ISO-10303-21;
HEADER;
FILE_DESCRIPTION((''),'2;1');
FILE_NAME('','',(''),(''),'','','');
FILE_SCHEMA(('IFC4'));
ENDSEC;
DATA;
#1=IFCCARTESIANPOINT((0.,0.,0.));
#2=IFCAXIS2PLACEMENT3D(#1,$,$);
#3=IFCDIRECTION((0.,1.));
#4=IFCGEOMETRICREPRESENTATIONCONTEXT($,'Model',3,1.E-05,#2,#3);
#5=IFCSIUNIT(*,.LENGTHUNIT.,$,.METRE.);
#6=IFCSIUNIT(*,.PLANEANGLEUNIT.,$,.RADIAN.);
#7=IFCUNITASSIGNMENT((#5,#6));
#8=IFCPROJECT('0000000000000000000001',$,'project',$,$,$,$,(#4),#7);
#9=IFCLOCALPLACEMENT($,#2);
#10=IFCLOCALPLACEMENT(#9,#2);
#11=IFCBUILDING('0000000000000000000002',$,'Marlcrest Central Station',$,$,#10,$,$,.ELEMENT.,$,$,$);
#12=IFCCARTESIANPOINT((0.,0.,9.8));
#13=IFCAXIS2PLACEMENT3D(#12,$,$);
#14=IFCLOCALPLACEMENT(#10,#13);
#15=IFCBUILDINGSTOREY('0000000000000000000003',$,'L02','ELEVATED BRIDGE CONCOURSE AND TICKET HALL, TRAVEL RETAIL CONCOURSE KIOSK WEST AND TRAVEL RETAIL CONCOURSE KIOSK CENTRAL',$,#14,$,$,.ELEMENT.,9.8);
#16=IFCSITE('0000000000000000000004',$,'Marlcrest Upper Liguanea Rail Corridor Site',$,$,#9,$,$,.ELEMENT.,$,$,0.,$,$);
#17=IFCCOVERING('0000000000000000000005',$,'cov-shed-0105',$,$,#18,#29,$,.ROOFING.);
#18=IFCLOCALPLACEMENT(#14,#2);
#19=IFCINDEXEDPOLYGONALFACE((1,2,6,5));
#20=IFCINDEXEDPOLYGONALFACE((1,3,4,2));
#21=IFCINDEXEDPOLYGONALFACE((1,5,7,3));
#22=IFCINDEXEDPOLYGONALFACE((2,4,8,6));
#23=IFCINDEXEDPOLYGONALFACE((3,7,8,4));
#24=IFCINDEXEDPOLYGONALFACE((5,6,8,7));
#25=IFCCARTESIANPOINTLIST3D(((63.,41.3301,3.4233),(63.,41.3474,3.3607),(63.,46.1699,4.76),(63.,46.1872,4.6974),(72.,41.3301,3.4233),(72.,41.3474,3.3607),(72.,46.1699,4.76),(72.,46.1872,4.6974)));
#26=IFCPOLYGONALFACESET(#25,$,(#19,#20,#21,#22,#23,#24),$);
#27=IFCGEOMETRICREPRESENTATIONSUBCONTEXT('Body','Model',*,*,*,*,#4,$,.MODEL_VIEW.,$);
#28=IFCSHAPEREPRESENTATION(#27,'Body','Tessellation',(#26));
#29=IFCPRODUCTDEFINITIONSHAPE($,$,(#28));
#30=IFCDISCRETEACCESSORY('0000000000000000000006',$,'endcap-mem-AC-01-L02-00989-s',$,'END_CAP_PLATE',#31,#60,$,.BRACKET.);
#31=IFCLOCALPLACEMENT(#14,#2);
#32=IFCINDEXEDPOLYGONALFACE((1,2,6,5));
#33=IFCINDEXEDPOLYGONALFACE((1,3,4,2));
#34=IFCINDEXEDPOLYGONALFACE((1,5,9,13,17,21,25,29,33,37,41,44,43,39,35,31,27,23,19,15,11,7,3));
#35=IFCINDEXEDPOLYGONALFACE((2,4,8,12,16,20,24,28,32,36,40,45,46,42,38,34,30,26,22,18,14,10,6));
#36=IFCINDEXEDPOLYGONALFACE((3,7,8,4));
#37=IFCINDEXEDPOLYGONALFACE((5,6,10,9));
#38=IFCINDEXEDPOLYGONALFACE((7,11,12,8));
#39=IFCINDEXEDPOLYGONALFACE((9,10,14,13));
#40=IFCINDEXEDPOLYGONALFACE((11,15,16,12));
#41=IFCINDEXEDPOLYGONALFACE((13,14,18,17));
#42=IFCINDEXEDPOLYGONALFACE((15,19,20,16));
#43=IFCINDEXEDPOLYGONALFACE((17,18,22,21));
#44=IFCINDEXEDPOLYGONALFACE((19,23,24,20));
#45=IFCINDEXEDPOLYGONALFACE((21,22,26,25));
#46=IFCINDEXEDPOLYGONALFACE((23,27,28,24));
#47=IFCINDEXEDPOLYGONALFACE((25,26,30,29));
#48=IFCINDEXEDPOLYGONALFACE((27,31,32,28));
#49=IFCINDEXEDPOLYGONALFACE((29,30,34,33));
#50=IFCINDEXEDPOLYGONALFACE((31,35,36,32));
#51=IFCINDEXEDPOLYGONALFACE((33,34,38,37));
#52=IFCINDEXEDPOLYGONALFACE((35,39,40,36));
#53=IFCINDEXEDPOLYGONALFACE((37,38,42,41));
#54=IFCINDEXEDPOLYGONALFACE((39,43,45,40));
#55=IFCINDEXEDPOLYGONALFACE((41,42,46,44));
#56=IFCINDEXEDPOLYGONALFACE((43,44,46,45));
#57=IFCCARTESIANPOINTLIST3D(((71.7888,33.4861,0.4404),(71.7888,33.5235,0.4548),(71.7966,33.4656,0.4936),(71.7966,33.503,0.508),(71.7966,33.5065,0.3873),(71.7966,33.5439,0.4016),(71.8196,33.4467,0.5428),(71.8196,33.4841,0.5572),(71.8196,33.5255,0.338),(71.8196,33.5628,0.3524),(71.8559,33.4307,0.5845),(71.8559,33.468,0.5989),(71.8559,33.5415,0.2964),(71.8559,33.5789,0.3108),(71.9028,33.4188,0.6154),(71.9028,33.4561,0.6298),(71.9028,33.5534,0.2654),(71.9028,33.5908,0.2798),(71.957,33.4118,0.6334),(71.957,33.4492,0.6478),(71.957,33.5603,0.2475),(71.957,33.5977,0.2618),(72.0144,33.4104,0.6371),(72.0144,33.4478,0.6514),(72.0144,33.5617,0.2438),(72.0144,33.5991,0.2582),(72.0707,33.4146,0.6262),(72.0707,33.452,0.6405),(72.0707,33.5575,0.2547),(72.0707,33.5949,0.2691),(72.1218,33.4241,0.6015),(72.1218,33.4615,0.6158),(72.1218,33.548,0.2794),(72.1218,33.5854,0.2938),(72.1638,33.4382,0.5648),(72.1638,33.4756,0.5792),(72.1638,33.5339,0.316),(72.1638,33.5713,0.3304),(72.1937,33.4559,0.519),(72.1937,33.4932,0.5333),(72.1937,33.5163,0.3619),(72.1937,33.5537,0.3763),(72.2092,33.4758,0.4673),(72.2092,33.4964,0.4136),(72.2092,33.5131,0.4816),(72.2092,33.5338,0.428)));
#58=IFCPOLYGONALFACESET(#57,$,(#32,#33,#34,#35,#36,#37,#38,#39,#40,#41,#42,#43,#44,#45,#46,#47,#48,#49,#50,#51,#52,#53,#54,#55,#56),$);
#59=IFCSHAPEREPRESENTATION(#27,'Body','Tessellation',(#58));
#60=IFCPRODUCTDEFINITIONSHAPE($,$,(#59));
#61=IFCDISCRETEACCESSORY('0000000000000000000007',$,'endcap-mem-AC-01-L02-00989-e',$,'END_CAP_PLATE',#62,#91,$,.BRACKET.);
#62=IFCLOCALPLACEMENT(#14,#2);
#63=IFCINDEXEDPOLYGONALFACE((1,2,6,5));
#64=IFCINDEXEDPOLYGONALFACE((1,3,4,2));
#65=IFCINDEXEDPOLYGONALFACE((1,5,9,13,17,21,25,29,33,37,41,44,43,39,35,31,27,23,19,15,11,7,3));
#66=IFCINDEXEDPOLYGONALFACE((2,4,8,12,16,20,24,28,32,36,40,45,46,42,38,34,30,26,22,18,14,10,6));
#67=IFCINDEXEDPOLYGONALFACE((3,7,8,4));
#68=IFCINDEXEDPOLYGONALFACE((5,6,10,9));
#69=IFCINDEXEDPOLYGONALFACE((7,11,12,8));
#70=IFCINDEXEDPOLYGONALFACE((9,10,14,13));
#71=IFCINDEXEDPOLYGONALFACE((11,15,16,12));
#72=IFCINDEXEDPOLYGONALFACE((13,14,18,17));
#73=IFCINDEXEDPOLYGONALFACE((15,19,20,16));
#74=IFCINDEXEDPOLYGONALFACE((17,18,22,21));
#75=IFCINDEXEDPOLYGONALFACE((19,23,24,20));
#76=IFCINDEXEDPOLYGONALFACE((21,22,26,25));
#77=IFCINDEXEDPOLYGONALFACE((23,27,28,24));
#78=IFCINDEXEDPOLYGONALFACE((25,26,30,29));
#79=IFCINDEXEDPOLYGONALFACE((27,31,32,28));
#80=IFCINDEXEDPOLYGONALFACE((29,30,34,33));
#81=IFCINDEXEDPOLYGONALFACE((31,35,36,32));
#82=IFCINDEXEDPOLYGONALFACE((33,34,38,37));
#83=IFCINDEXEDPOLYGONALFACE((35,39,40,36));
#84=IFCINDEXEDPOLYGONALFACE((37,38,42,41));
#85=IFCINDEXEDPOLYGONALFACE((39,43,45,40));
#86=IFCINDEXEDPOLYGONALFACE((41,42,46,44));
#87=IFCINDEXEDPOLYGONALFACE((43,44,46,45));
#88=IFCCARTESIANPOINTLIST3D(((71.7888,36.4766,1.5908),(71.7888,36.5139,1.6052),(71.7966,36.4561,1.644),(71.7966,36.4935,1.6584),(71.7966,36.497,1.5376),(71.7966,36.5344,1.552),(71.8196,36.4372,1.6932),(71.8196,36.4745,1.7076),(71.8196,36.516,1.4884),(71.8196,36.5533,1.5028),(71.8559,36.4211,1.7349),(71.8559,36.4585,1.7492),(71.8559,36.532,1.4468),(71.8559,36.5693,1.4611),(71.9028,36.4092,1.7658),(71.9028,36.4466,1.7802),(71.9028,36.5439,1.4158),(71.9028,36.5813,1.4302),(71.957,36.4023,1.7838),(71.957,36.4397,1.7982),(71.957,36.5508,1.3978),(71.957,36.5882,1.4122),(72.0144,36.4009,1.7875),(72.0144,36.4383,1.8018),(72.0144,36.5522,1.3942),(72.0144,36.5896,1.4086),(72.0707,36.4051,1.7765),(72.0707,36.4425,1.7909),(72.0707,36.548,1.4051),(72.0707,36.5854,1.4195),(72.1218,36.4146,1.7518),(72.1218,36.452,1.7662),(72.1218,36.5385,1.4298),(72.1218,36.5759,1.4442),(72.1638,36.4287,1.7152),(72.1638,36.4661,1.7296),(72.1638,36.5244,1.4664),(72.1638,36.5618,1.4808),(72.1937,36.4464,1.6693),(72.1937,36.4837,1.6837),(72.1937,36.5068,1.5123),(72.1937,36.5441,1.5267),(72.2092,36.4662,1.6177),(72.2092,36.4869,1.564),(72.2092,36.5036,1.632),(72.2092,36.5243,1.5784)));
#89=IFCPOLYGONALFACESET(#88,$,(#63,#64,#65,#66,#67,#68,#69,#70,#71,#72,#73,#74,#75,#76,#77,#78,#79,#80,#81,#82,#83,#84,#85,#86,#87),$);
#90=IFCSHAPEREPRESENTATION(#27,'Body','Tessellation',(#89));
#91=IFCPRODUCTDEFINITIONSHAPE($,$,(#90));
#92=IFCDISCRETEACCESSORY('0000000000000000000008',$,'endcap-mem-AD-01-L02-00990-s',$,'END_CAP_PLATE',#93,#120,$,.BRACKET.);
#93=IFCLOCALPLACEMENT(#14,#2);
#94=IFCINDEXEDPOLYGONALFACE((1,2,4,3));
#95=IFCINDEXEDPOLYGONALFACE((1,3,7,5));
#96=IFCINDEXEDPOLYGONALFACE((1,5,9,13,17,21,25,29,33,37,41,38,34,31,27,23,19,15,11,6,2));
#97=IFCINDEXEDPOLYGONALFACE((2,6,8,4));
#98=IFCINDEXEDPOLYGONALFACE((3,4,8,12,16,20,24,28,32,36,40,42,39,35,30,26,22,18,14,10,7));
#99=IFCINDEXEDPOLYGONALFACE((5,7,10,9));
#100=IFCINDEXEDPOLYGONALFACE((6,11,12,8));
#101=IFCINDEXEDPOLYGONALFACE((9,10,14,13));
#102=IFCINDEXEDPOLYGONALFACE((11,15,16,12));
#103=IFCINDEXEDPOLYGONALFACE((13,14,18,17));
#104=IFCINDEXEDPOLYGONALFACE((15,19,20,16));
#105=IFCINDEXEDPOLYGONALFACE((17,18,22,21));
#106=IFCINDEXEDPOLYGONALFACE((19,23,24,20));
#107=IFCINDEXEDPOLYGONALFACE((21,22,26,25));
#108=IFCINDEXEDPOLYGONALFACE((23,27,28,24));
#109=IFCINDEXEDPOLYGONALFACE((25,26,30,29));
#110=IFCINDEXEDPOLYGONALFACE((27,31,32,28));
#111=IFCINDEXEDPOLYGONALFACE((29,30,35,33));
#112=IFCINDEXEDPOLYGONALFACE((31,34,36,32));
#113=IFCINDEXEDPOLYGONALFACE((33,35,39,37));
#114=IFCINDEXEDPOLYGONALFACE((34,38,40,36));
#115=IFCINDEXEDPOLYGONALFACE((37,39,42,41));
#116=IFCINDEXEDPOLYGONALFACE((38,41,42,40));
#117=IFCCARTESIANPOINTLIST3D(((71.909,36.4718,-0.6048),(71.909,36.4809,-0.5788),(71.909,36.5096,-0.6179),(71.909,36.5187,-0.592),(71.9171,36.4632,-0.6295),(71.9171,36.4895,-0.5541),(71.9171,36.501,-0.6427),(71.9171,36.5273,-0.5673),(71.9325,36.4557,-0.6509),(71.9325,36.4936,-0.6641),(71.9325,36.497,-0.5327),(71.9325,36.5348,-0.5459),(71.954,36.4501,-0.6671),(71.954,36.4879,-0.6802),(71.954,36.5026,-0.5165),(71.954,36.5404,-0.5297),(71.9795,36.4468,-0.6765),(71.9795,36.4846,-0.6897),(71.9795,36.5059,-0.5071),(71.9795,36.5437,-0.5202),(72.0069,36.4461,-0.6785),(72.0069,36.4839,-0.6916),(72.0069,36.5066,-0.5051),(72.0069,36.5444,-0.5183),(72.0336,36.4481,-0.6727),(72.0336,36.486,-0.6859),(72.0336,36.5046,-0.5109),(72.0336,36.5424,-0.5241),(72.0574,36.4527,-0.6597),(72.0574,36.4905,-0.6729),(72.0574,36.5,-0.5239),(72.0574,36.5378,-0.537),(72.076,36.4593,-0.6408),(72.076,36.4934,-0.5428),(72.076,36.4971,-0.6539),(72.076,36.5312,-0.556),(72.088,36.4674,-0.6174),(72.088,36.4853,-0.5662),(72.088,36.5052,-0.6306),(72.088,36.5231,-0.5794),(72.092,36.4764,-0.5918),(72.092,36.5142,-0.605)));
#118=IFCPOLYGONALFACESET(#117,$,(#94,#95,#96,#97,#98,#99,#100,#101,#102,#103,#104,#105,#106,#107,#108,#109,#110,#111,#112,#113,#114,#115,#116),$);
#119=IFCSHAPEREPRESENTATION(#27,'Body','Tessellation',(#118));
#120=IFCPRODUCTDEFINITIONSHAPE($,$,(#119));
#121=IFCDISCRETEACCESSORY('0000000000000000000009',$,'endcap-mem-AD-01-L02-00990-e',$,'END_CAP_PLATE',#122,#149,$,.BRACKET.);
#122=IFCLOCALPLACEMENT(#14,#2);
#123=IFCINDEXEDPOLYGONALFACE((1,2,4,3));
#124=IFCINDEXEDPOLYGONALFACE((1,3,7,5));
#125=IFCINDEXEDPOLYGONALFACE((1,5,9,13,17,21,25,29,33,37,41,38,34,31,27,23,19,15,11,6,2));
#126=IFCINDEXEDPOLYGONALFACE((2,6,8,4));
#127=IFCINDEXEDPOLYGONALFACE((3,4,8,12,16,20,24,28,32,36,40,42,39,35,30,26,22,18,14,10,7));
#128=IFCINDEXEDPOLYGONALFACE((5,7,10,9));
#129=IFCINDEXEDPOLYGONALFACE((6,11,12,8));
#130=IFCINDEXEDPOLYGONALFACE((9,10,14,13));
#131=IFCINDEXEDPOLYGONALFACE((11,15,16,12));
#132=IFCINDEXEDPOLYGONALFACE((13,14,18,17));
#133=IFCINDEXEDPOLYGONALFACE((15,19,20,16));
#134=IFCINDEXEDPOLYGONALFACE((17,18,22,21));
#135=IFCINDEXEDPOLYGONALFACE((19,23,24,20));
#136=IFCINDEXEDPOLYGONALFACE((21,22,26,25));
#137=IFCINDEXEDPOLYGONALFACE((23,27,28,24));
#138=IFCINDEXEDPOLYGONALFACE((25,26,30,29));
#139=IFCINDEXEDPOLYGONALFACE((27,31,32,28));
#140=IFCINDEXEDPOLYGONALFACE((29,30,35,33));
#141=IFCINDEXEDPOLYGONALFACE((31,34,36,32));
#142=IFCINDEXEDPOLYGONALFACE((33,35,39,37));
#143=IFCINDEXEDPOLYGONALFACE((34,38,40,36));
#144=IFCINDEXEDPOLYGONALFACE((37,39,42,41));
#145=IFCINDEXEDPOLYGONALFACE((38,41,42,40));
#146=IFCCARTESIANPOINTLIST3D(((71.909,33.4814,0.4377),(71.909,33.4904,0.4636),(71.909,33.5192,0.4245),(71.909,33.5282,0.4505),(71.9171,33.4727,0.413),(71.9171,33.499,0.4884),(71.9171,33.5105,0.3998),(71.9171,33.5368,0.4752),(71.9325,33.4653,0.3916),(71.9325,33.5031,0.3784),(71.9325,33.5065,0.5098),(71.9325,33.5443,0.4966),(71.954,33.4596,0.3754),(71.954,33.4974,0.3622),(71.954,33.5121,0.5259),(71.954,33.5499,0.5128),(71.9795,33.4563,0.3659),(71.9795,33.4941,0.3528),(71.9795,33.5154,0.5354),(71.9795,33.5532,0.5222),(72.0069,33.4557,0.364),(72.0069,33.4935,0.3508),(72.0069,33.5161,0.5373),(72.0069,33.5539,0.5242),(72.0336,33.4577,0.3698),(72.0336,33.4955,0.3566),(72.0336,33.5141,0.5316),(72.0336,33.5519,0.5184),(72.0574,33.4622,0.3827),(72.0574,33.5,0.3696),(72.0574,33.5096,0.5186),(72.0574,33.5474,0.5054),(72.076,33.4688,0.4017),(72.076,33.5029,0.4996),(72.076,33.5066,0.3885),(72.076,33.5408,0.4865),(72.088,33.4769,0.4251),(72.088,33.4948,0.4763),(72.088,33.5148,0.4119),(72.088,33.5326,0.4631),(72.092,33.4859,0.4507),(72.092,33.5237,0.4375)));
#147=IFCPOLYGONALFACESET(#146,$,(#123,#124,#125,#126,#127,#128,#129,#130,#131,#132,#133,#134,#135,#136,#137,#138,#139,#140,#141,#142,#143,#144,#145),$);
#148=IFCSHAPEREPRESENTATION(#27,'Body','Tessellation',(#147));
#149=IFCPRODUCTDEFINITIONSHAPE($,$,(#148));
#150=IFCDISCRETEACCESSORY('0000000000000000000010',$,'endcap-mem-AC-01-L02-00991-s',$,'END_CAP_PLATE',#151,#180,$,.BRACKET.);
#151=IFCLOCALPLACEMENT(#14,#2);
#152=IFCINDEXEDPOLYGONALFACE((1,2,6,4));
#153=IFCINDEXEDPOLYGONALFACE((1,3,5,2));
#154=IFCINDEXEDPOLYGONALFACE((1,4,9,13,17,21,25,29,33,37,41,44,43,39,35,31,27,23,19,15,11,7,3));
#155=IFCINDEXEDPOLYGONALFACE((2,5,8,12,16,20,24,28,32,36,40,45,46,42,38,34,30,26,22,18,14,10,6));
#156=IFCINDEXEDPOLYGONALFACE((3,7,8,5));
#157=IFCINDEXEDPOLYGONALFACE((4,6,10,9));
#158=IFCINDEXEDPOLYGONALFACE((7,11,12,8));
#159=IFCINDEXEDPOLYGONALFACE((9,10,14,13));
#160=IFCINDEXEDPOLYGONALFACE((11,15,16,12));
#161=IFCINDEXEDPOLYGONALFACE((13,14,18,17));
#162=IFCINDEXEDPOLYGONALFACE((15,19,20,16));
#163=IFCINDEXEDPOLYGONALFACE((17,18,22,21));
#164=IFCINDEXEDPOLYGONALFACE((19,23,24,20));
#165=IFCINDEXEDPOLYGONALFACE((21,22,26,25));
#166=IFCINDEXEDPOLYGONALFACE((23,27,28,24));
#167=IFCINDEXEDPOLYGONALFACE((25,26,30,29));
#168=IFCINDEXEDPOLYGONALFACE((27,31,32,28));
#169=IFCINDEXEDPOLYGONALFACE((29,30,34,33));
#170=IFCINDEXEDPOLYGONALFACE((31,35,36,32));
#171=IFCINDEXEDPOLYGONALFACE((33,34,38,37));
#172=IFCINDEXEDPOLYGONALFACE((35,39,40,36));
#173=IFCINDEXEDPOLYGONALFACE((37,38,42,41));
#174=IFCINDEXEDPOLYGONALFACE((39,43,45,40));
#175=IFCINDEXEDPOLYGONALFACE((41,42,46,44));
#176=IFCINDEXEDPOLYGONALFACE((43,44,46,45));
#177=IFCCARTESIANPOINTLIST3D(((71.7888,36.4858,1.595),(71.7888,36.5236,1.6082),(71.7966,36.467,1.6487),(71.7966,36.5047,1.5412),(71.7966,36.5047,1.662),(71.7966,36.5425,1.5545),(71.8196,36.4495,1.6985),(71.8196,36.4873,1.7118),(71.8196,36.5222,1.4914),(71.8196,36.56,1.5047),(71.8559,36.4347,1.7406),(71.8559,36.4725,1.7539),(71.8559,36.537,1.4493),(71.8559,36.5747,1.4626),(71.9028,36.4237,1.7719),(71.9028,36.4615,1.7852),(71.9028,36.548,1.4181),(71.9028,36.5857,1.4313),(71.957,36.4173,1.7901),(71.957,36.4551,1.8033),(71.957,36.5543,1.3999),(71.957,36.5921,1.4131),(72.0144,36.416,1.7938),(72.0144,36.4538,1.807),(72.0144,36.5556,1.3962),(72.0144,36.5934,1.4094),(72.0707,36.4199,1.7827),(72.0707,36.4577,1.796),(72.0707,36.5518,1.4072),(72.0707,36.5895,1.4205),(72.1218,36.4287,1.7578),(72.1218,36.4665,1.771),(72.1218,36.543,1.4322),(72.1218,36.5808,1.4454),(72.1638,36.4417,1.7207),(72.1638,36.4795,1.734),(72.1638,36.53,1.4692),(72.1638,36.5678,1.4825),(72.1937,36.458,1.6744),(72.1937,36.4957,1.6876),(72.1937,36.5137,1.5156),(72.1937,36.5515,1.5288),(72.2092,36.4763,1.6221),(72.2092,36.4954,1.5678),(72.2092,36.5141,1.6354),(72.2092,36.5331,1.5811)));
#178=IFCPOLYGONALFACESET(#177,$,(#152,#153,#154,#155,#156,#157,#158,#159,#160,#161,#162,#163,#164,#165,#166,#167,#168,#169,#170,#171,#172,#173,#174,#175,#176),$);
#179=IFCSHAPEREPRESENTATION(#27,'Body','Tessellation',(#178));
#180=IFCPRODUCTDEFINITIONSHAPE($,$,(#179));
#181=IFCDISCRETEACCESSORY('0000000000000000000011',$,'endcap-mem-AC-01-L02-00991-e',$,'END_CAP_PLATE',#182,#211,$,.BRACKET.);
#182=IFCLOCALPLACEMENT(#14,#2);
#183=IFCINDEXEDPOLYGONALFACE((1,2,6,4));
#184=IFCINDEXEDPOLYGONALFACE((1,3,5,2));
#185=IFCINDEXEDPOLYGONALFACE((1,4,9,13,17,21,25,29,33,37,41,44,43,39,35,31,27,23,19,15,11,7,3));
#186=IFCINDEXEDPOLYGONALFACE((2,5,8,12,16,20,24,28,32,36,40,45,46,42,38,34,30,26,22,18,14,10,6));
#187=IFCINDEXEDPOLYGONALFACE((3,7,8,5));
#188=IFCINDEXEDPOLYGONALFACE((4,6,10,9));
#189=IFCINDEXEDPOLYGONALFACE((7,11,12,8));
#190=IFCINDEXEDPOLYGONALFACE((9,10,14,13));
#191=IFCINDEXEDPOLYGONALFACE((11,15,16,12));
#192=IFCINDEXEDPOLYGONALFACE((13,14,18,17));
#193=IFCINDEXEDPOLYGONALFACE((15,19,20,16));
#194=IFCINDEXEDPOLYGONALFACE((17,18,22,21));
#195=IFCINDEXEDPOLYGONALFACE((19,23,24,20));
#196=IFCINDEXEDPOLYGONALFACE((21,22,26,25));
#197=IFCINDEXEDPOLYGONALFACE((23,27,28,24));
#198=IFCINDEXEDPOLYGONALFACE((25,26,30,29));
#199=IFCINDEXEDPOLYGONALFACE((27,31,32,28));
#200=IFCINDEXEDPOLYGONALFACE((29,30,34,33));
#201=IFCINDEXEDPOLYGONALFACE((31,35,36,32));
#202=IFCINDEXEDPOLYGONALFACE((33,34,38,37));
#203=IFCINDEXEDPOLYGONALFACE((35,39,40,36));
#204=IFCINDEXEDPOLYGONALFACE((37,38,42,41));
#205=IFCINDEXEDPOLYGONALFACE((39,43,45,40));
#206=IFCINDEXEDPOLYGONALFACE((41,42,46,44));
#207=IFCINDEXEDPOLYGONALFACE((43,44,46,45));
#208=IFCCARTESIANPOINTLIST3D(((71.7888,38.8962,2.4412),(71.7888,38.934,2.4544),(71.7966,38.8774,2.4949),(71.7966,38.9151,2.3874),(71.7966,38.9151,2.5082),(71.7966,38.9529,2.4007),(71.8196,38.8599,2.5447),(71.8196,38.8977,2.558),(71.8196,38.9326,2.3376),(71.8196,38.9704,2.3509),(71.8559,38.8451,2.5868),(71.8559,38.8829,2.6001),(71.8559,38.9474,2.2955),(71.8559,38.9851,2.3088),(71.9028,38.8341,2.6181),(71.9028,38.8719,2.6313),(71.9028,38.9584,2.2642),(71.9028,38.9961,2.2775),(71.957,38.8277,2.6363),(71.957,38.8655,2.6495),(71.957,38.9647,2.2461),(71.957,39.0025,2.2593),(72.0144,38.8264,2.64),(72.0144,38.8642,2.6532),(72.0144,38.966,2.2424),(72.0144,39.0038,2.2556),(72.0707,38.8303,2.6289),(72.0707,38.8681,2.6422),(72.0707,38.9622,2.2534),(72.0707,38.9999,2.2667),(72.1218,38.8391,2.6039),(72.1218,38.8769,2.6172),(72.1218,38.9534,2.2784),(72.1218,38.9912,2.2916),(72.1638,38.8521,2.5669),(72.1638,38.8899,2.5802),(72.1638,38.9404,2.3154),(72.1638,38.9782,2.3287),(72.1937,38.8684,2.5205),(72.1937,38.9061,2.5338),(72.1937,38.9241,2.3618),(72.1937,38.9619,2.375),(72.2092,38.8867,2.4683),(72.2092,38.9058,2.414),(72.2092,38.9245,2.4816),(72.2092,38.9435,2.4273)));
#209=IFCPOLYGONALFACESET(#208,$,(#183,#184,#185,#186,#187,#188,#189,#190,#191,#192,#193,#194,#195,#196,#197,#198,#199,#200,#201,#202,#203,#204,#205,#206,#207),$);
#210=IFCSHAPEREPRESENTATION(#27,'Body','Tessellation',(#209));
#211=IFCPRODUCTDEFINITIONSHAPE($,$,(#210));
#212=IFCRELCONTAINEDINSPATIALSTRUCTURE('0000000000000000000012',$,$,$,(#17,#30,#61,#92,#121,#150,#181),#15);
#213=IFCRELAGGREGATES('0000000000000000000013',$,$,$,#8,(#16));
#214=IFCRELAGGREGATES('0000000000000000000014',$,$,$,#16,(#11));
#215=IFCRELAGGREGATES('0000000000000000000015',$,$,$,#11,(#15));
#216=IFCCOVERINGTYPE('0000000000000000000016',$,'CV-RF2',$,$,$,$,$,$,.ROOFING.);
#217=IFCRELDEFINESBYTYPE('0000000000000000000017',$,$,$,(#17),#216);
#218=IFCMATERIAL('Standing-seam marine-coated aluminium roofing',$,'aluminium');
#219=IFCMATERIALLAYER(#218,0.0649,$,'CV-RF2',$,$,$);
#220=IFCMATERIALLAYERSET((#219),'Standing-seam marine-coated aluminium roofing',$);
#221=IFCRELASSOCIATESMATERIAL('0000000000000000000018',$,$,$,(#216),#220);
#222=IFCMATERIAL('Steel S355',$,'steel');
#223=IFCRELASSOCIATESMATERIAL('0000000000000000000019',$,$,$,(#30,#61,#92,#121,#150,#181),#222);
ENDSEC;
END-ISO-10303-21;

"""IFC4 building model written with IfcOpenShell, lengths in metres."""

from ifc_helpers import new_model, si_unit, direction, frame, origin, origin_2d, place, context, subcontext, project, spatial, polyline, circle, outline, extrude, material, layer, layer_set, type_object, element, save


model = new_model("IFC4")

# Units and contexts
model_context = context("Model", 3, precision=1e-05, world=origin(), true_north=direction((0.0, 1.0)))
body_context = subcontext(model_context, "Body", "Model", "MODEL_VIEW")
ifc_project = project(units=[si_unit("LENGTHUNIT", "METRE"), si_unit("PLANEANGLEUNIT", "RADIAN")], contexts=[model_context])

# Site, building, storey
site_placement = place(None, origin())
site = spatial("IfcSite", under=ifc_project, at=site_placement, Name="Marlcrest Upper Liguanea Rail Corridor Site", CompositionType="ELEMENT", RefElevation=0.0)
building_placement = place(site_placement, origin())
building = spatial("IfcBuilding", under=site, at=building_placement, Name="Marlcrest Central Station", CompositionType="ELEMENT")
storey_placement = place(building_placement, frame((0.0, 0.0, 9.8)))
storey = spatial("IfcBuildingStorey", under=building, at=storey_placement, Name="L02", Description="ELEVATED BRIDGE CONCOURSE AND TICKET HALL, TRAVEL RETAIL CONCOURSE KIOSK WEST AND TRAVEL RETAIL CONCOURSE KIOSK CENTRAL", CompositionType="ELEMENT", Elevation=9.8)

# Shared definitions
ifc_material_1 = material(Name="Steel S355", Category="steel")

# Covering
ifc_material_2 = material(Name="Standing-seam marine-coated aluminium roofing", Category="aluminium")
ifc_layer_1 = layer(ifc_material_2, 0.0649, Name="CV-RF2")
ifc_layer_set_1 = layer_set([ifc_layer_1], Name="Standing-seam marine-coated aluminium roofing")
covering_type = type_object("IfcCoveringType", Name="CV-RF2", PredefinedType="ROOFING", material=ifc_layer_set_1)
covering_placement = place(storey_placement, frame((63.0, 41.3301, 3.4233), z_axis=(0.0, -0.266214, 0.963914), x_axis=(1.0, 0.0, 0.0)))
element("IfcCovering", 1, at=covering_placement, inside=storey, type_object=covering_type, Name="cov-shed-0105", PredefinedType="ROOFING", context=body_context, shape_type="SweptSolid", body=[
    extrude(outline(polyline([(0.0, 0.0), (9.0, 0.0), (9.0, 5.021), (0.0, 5.021), (0.0, 0.0)])), origin(), (0.0, 0.0, -1.0), 0.0649),
])

# Discrete accessories
for number, where, z_axis, x_axis, name in (
    (2, (72.0, 33.4861, 0.4404), (0.0, 0.933324, 0.359035), (-1.0, 0.0, 0.0), "endcap-mem-AC-01-L02-00989-s"),
    (3, (72.0, 36.4766, 1.5908), (0.0, 0.933324, 0.359035), (-1.0, 0.0, 0.0), "endcap-mem-AC-01-L02-00989-e"),
):
    element("IfcDiscreteAccessory", number, at=place(storey_placement, frame(where, z_axis=z_axis, x_axis=x_axis)), inside=storey, material=ifc_material_1, Name=name, ObjectType="END_CAP_PLATE", PredefinedType="BRACKET", context=body_context, shape_type="SweptSolid", body=[
        extrude(circle(Radius=0.2112, at=origin_2d()), origin(), (0.0, 0.0, 1.0), 0.04),
    ])
for number, where, z_axis, x_axis, name in (
    (4, (72.0, 36.5142, -0.605), (0.0, -0.94426, 0.3292), (1.0, 0.0, 0.0), "endcap-mem-AD-01-L02-00990-s"),
    (5, (72.0, 33.5237, 0.4375), (0.0, -0.94426, 0.3292), (1.0, 0.0, 0.0), "endcap-mem-AD-01-L02-00990-e"),
):
    element("IfcDiscreteAccessory", number, at=place(storey_placement, frame(where, z_axis=z_axis, x_axis=x_axis)), inside=storey, material=ifc_material_1, Name=name, ObjectType="END_CAP_PLATE", PredefinedType="BRACKET", context=body_context, shape_type="SweptSolid", body=[
        extrude(circle(Radius=0.092, at=origin_2d()), origin(), (0.0, 0.0, 1.0), 0.04),
    ])
for number, where, z_axis, x_axis, name in (
    (6, (72.0, 36.4858, 1.595), (0.0, 0.943537, 0.331266), (-1.0, 0.0, 0.0), "endcap-mem-AC-01-L02-00991-s"),
    (7, (72.0, 38.8962, 2.4412), (0.0, 0.943537, 0.331266), (-1.0, 0.0, 0.0), "endcap-mem-AC-01-L02-00991-e"),
):
    element("IfcDiscreteAccessory", number, at=place(storey_placement, frame(where, z_axis=z_axis, x_axis=x_axis)), inside=storey, material=ifc_material_1, Name=name, ObjectType="END_CAP_PLATE", PredefinedType="BRACKET", context=body_context, shape_type="SweptSolid", body=[
        extrude(circle(Radius=0.2112, at=origin_2d()), origin(), (0.0, 0.0, 1.0), 0.04),
    ])

save(model, "model.ifc")
